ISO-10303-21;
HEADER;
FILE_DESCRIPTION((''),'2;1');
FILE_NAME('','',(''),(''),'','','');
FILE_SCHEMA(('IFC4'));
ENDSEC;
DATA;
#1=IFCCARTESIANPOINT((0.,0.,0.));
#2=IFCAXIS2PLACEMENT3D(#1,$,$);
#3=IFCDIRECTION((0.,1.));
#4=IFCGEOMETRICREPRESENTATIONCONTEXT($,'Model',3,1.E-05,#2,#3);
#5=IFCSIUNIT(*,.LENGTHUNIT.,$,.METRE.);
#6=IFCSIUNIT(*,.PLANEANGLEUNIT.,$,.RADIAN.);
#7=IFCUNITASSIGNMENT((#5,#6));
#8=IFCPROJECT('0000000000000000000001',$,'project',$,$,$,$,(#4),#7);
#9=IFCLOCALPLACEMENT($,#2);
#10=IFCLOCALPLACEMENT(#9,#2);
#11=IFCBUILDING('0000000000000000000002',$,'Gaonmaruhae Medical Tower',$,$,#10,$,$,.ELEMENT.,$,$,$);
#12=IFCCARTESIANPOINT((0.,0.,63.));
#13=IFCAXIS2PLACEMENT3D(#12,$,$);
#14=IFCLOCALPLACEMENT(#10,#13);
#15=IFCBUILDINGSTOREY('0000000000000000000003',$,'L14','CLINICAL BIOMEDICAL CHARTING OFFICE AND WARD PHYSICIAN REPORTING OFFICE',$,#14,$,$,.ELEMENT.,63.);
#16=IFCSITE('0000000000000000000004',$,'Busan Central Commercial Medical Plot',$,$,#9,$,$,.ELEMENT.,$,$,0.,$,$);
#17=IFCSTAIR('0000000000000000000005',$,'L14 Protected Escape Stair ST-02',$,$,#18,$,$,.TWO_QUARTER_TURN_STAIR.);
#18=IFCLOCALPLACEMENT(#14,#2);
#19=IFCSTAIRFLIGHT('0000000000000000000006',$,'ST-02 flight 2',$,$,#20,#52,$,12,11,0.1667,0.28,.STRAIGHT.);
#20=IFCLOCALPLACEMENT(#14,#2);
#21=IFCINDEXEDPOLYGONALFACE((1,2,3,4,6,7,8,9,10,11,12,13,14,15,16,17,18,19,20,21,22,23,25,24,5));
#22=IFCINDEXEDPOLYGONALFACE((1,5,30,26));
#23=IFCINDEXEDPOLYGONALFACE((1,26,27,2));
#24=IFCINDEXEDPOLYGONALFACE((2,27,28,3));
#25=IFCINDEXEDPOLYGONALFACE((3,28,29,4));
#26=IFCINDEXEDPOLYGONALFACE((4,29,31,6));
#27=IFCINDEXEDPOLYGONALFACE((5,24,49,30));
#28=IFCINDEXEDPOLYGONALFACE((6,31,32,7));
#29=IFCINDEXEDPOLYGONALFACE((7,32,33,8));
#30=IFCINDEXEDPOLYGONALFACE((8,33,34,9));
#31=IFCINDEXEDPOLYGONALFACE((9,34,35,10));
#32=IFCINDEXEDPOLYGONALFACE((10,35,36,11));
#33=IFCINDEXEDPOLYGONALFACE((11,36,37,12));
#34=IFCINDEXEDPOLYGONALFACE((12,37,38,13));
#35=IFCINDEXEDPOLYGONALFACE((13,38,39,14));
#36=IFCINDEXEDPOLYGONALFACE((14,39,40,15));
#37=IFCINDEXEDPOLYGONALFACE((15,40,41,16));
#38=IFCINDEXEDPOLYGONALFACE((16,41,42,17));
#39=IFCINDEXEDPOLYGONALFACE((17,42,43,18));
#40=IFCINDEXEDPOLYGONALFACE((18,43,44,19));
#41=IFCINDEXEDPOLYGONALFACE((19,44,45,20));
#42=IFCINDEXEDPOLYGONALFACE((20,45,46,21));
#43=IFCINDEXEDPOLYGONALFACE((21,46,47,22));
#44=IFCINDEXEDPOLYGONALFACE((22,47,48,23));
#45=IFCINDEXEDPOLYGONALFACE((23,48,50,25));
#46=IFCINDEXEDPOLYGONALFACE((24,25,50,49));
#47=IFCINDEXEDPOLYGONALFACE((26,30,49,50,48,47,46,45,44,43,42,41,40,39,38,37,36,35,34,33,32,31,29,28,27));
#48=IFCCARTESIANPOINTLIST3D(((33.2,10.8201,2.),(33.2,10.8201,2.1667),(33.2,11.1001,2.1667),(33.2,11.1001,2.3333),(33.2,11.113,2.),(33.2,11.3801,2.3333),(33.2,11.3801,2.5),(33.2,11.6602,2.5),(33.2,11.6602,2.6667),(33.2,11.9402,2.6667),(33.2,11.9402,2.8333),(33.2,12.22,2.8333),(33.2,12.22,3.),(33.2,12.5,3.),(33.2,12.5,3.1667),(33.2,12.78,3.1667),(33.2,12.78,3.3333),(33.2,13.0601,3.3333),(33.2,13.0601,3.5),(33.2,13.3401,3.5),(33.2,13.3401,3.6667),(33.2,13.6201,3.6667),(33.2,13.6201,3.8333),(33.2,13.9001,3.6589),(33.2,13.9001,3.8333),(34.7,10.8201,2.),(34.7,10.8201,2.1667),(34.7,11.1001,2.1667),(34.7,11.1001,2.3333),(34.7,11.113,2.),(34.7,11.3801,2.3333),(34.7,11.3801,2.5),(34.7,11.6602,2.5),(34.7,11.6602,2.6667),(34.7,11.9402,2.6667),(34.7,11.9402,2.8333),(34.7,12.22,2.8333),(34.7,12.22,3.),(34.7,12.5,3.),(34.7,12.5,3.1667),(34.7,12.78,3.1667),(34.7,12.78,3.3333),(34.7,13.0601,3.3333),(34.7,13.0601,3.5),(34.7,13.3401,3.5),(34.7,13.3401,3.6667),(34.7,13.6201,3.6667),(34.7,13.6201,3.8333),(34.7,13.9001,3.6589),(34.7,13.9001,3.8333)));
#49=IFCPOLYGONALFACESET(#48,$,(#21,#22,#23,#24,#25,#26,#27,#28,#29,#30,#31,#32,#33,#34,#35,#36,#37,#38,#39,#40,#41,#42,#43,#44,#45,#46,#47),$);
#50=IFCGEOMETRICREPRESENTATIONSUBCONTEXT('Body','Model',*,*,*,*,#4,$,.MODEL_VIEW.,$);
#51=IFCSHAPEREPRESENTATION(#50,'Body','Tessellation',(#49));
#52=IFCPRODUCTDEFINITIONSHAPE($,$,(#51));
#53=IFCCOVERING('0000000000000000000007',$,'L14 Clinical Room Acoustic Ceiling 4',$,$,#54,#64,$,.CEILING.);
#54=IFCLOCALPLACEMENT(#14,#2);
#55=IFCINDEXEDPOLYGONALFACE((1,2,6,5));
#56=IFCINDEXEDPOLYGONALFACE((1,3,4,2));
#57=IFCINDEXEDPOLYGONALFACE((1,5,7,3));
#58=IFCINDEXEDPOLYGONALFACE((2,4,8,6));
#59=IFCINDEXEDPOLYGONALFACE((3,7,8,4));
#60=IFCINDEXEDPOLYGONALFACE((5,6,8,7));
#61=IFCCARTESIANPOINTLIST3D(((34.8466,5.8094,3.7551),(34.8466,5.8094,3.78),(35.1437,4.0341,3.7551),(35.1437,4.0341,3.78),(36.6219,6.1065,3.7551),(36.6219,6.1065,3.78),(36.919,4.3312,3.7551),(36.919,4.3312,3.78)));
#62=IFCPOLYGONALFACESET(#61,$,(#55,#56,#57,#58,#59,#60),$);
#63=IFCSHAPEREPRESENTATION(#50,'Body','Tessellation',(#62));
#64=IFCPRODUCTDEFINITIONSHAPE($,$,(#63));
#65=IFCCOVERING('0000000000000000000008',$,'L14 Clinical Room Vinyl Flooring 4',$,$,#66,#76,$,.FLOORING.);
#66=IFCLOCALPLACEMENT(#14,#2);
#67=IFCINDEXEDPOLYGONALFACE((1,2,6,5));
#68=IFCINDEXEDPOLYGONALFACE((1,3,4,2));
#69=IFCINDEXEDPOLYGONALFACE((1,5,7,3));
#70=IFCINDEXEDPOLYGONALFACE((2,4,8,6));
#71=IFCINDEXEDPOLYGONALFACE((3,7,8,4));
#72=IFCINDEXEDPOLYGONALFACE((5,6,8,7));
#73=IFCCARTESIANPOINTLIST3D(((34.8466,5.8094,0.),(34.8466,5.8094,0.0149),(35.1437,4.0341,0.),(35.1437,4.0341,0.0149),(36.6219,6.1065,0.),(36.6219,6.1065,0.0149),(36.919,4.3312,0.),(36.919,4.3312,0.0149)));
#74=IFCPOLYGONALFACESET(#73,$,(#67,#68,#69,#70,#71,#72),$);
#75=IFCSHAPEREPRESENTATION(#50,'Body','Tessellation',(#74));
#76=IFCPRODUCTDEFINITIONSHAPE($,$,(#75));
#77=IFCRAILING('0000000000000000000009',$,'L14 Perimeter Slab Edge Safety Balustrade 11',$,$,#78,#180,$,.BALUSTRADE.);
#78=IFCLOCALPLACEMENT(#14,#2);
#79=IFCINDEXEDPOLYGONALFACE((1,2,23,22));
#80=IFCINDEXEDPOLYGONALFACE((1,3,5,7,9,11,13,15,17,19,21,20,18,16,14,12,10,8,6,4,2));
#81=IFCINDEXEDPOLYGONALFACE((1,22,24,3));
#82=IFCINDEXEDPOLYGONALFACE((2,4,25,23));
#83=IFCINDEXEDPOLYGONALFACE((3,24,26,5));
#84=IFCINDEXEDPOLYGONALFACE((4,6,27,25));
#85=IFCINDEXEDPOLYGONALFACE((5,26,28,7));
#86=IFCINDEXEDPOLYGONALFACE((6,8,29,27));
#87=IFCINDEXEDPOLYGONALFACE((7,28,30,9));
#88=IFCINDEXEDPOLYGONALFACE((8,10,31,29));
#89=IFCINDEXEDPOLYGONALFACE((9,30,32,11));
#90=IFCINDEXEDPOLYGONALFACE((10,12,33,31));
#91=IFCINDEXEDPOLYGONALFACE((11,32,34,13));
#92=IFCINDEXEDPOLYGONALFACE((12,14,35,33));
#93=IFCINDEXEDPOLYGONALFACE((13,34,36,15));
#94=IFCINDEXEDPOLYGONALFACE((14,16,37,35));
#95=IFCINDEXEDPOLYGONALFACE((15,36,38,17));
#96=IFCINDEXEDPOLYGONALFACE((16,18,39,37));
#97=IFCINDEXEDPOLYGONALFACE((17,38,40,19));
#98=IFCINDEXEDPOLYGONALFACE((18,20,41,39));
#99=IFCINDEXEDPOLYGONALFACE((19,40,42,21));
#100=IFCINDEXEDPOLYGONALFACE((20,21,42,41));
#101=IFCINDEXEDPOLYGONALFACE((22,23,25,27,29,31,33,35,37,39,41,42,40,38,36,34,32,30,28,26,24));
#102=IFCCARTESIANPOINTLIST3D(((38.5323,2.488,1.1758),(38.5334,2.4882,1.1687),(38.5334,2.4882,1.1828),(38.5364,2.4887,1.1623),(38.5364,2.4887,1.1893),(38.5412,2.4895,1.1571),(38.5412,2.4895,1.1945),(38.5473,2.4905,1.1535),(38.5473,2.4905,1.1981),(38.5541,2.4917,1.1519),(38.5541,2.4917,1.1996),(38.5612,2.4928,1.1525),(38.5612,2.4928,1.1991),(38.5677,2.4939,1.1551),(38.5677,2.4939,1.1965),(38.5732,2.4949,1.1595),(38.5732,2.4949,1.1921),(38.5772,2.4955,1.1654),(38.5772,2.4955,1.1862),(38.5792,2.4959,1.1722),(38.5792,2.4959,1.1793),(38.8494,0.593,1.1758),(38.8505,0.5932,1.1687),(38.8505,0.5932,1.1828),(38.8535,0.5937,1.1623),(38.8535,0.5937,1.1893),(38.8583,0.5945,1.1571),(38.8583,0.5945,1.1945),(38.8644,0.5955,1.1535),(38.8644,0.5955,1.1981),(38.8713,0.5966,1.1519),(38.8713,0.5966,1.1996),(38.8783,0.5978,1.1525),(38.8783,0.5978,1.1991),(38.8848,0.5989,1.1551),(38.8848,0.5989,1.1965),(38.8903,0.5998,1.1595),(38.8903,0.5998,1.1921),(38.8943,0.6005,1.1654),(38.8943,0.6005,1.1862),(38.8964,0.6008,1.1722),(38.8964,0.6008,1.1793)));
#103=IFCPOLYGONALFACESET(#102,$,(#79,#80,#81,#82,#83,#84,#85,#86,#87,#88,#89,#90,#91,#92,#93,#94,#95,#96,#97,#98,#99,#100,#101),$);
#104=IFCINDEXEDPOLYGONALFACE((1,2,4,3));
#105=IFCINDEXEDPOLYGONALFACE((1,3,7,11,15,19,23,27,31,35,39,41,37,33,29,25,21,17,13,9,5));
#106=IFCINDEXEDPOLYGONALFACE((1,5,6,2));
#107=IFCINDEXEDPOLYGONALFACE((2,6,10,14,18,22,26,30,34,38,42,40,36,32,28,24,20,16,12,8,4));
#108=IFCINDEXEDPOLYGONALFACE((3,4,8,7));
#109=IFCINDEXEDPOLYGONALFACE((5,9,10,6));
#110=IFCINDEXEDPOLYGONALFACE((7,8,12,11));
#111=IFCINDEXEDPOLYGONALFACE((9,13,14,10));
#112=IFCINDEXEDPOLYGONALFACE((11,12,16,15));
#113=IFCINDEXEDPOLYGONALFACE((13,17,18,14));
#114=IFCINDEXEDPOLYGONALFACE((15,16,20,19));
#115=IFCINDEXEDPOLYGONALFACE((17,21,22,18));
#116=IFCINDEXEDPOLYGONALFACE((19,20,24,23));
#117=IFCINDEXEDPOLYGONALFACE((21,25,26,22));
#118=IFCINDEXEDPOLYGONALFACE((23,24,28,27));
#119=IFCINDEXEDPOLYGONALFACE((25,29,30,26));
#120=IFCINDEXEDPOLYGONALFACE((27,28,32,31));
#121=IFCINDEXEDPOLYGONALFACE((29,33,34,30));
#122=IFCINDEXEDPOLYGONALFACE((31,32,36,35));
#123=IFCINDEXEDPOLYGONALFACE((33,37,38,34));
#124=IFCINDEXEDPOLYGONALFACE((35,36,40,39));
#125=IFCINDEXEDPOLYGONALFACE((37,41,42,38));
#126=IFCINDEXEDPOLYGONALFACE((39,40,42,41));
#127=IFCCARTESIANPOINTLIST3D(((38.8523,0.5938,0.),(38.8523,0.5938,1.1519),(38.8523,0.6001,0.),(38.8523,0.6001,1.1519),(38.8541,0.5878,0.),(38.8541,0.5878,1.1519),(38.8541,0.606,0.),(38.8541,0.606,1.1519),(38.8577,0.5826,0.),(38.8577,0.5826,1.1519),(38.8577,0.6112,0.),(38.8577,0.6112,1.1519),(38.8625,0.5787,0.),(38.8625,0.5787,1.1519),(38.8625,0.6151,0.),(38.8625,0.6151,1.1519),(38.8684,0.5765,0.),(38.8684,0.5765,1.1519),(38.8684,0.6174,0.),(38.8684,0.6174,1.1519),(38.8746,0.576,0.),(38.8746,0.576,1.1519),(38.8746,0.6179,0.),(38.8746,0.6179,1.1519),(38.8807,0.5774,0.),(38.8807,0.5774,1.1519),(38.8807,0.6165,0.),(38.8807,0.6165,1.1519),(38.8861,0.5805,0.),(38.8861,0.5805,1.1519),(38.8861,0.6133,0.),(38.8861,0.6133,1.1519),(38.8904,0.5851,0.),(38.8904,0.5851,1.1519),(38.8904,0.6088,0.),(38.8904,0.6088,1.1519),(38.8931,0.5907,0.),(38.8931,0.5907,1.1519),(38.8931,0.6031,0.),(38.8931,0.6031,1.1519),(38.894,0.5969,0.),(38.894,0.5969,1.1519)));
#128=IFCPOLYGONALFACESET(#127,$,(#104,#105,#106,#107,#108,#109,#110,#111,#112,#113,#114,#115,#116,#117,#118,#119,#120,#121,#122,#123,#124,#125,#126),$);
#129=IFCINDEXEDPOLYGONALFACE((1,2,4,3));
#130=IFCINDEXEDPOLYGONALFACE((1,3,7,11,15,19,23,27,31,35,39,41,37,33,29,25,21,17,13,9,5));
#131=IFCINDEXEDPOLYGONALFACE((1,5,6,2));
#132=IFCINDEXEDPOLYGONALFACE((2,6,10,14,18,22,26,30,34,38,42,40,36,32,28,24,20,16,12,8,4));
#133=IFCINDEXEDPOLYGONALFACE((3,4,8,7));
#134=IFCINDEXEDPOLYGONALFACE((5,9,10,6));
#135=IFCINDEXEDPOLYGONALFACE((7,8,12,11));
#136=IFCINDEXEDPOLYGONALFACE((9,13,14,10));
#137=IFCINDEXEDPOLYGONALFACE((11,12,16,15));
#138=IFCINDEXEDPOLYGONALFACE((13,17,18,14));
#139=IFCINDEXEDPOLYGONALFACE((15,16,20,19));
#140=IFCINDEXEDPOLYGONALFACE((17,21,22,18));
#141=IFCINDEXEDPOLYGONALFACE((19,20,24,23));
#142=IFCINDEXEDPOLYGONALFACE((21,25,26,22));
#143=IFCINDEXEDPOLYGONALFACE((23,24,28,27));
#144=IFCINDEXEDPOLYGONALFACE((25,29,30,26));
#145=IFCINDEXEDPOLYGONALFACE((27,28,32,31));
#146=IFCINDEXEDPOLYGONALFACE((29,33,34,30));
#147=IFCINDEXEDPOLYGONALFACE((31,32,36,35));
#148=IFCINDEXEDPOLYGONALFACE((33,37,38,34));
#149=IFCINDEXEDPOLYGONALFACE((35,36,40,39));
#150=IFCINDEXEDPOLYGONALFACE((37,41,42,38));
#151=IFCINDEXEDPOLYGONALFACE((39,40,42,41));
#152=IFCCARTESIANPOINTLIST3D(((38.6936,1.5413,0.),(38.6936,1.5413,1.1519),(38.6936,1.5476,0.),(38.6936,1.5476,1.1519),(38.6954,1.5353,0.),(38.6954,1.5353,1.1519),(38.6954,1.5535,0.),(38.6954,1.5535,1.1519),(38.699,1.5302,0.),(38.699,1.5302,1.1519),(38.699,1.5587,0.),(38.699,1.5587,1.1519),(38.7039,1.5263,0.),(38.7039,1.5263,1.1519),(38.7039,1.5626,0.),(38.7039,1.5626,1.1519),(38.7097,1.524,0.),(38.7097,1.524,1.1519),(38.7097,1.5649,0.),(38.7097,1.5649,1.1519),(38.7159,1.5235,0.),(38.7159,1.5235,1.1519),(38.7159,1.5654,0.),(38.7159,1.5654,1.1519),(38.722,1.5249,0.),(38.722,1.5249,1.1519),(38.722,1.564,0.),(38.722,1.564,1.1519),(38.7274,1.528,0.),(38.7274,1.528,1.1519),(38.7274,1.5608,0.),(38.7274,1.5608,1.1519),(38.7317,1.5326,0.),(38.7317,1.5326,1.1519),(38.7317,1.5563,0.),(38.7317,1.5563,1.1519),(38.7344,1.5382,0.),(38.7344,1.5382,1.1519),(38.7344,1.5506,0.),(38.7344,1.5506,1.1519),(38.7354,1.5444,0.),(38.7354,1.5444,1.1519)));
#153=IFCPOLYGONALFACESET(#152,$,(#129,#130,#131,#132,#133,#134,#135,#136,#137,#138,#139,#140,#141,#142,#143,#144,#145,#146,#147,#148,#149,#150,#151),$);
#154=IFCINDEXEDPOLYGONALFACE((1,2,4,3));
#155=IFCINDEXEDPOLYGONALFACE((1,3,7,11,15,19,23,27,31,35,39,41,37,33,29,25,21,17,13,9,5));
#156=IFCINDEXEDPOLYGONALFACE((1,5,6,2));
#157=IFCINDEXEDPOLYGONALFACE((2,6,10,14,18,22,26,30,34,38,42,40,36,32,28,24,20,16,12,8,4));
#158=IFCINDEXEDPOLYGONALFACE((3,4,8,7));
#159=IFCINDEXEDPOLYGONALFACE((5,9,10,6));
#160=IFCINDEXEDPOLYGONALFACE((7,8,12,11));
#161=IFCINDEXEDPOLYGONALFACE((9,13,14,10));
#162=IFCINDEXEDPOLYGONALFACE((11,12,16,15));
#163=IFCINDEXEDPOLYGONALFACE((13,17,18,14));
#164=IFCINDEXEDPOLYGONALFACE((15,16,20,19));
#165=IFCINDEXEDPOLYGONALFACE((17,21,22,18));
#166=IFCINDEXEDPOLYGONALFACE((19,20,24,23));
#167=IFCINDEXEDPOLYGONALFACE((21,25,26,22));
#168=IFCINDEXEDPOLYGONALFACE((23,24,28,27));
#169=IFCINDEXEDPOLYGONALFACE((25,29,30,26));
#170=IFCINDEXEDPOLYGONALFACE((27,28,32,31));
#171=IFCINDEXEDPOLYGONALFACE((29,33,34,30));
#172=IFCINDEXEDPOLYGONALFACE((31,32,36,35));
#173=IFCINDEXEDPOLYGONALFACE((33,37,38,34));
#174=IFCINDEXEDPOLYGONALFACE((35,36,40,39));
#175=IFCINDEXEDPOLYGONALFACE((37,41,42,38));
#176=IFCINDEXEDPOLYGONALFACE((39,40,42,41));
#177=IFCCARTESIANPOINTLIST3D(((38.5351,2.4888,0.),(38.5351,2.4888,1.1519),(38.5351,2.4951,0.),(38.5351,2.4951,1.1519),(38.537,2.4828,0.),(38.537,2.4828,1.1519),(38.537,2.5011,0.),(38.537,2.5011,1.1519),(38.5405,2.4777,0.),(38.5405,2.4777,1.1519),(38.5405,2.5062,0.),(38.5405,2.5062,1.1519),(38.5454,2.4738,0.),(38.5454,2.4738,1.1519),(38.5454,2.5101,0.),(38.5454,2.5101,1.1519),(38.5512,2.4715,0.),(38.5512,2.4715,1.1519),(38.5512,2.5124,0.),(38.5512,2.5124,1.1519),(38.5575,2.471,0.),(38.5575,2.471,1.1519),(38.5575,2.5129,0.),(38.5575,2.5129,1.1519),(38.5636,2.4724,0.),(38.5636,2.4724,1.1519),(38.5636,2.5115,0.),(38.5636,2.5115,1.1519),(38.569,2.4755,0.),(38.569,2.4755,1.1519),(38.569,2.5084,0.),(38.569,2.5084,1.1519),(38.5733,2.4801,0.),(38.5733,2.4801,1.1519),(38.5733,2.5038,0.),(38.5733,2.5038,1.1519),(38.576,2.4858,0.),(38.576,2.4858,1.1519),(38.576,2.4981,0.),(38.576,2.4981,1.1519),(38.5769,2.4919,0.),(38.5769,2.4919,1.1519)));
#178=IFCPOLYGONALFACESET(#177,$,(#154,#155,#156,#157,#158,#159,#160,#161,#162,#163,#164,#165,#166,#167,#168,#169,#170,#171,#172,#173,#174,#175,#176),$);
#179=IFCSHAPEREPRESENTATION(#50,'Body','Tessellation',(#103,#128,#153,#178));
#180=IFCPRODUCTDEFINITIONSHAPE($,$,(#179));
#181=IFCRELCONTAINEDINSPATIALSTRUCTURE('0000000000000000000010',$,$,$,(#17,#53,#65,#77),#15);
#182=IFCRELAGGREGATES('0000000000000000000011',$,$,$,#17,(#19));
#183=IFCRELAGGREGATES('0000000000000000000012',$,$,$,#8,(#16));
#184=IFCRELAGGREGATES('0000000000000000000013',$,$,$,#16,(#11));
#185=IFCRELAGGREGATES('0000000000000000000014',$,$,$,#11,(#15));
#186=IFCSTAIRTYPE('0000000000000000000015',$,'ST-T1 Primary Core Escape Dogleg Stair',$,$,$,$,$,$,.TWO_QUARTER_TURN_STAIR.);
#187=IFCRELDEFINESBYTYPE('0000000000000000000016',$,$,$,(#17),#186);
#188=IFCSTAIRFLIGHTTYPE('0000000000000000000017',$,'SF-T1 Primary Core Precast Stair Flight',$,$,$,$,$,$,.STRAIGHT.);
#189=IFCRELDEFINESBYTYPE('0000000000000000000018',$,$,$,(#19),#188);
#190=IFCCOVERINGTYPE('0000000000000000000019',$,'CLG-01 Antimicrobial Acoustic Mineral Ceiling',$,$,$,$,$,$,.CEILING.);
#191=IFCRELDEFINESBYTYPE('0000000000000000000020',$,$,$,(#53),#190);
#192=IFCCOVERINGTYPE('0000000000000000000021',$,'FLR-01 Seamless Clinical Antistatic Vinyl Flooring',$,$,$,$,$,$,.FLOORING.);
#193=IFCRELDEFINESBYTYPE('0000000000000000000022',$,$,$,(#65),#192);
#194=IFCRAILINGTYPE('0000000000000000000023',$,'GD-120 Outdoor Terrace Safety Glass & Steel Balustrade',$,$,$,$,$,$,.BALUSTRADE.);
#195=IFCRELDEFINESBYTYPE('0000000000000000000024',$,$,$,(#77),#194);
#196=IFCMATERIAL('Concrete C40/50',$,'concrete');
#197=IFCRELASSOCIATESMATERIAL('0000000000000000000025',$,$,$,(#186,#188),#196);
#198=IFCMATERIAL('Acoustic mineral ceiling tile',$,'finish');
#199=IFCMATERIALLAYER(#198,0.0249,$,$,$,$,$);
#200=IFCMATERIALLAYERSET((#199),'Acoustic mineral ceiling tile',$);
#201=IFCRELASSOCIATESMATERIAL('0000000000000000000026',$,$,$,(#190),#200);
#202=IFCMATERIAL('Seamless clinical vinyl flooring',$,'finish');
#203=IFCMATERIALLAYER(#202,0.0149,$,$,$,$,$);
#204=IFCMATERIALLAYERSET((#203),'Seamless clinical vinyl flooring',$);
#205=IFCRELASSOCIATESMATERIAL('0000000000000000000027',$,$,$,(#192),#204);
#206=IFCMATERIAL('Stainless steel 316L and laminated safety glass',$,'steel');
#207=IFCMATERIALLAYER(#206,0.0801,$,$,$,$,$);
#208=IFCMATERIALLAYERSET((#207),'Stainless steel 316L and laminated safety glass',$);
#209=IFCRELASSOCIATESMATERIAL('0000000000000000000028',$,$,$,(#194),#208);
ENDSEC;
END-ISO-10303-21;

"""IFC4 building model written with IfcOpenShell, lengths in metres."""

from ifc_helpers import new_model, si_unit, direction, frame, origin, origin_2d, place, context, subcontext, project, spatial, polyline, rectangle, circle, outline, extrude, material, layer, layer_set, type_object, element, aggregate, save


model = new_model("IFC4")

# Units and contexts
model_context = context("Model", 3, precision=1e-05, world=origin(), true_north=direction((0.0, 1.0)))
body_context = subcontext(model_context, "Body", "Model", "MODEL_VIEW")
ifc_project = project(units=[si_unit("LENGTHUNIT", "METRE"), si_unit("PLANEANGLEUNIT", "RADIAN")], contexts=[model_context])

# Site, building, storey
site_placement = place(None, origin())
site = spatial("IfcSite", under=ifc_project, at=site_placement, Name="Busan Central Commercial Medical Plot", CompositionType="ELEMENT", RefElevation=0.0)
building_placement = place(site_placement, origin())
building = spatial("IfcBuilding", under=site, at=building_placement, Name="Gaonmaruhae Medical Tower", CompositionType="ELEMENT")
storey_placement = place(building_placement, frame((0.0, 0.0, 63.0)))
storey = spatial("IfcBuildingStorey", under=building, at=storey_placement, Name="L14", Description="CLINICAL BIOMEDICAL CHARTING OFFICE AND WARD PHYSICIAN REPORTING OFFICE", CompositionType="ELEMENT", Elevation=63.0)

# Stair, stair flight
ifc_material_1 = material(Name="Concrete C40/50", Category="concrete")
stair_type = type_object("IfcStairType", Name="ST-T1 Primary Core Escape Dogleg Stair", PredefinedType="TWO_QUARTER_TURN_STAIR", material=ifc_material_1)
stair_placement = place(storey_placement, origin())
stair = element("IfcStair", 1, at=stair_placement, inside=storey, type_object=stair_type, Name="L14 Protected Escape Stair ST-02", PredefinedType="TWO_QUARTER_TURN_STAIR")
stair_flight_type = type_object("IfcStairFlightType", Name="SF-T1 Primary Core Precast Stair Flight", PredefinedType="STRAIGHT", material=ifc_material_1)
stair_flight_1_placement = place(storey_placement, frame((33.95, 10.8201, 2.0), z_axis=(0.0, 0.0, 1.0), x_axis=(0.0, 1.0, 0.0)))
stair_flight_1 = element("IfcStairFlight", 2, at=stair_flight_1_placement, type_object=stair_flight_type, Name="ST-02 flight 2", NumberOfRisers=12, NumberOfTreads=11, PredefinedType="STRAIGHT", RiserHeight=0.1667, TreadLength=0.28, context=body_context, shape_type="SweptSolid", body=[
    extrude(outline(polyline([(0.0, 0.0), (0.0, 0.1667), (0.28, 0.1667), (0.28, 0.3333), (0.5601, 0.3333), (0.5601, 0.5), (0.8401, 0.5), (0.8401, 0.6667), (1.1201, 0.6667), (1.1201, 0.8333), (1.3999, 0.8333), (1.3999, 1.0), (1.6799, 1.0), (1.6799, 1.1667), (1.96, 1.1667), (1.96, 1.3333), (2.24, 1.3333), (2.24, 1.5), (2.52, 1.5), (2.52, 1.6667), (2.8, 1.6667), (2.8, 1.8333), (3.0801, 1.8333), (3.0801, 2.0), (3.0801, 1.6589), (0.293, 0.0), (0.0, 0.0)])), frame((0.0, 0.75, 0.0), z_axis=(0.0, -1.0, 0.0), x_axis=(1.0, 0.0, 0.0)), (0.0, 0.0, 1.0), 1.5),
])
aggregate(stair, [stair_flight_1])

# Coverings
ifc_material_2 = material(Name="Acoustic mineral ceiling tile", Category="finish")
ifc_layer_1 = layer(ifc_material_2, 0.0249)
ifc_layer_set_1 = layer_set([ifc_layer_1], Name="Acoustic mineral ceiling tile")
covering_type_1 = type_object("IfcCoveringType", Name="CLG-01 Antimicrobial Acoustic Mineral Ceiling", PredefinedType="CEILING", material=ifc_layer_set_1)
covering_1_placement = place(storey_placement, frame((35.8828, 5.0703, 3.7551), z_axis=(0.0, 0.0, 1.0), x_axis=(0.986286, 0.165048, 0.0)))
element("IfcCovering", 3, at=covering_1_placement, inside=storey, type_object=covering_type_1, Name="L14 Clinical Room Acoustic Ceiling 4", PredefinedType="CEILING", context=body_context, shape_type="SweptSolid", body=[
    extrude(rectangle(XDim=1.8, YDim=1.8, at=origin_2d()), origin(), (0.0, 0.0, 1.0), 0.0249),
])
ifc_material_3 = material(Name="Seamless clinical vinyl flooring", Category="finish")
ifc_layer_2 = layer(ifc_material_3, 0.0149)
ifc_layer_set_2 = layer_set([ifc_layer_2], Name="Seamless clinical vinyl flooring")
covering_type_2 = type_object("IfcCoveringType", Name="FLR-01 Seamless Clinical Antistatic Vinyl Flooring", PredefinedType="FLOORING", material=ifc_layer_set_2)
covering_2_placement = place(storey_placement, frame((35.8828, 5.0703, 0.0), z_axis=(0.0, 0.0, 1.0), x_axis=(0.986286, 0.165048, 0.0)))
element("IfcCovering", 4, at=covering_2_placement, inside=storey, type_object=covering_type_2, Name="L14 Clinical Room Vinyl Flooring 4", PredefinedType="FLOORING", context=body_context, shape_type="SweptSolid", body=[
    extrude(rectangle(XDim=1.8, YDim=1.8, at=origin_2d()), origin(), (0.0, 0.0, 1.0), 0.0149),
])

# Railing
ifc_material_4 = material(Name="Stainless steel 316L and laminated safety glass", Category="steel")
ifc_layer_3 = layer(ifc_material_4, 0.0801)
ifc_layer_set_3 = layer_set([ifc_layer_3], Name="Stainless steel 316L and laminated safety glass")
railing_type_1 = type_object("IfcRailingType", Name="GD-120 Outdoor Terrace Safety Glass & Steel Balustrade", PredefinedType="BALUSTRADE", material=ifc_layer_set_3)
railing_1_placement = place(storey_placement, frame((38.873, 0.5969, 0.0)))
element("IfcRailing", 5, at=railing_1_placement, inside=storey, type_object=railing_type_1, Name="L14 Perimeter Slab Edge Safety Balustrade 11", PredefinedType="BALUSTRADE", context=body_context, shape_type="SweptSolid", body=[
    extrude(circle(Radius=0.0239, at=origin_2d()), frame((0.0, 0.0, 1.1758), z_axis=(-0.165058, 0.986284, 0.0), x_axis=(-0.986284, -0.165058, 0.0)), (0.0, 0.0, 1.0), 1.9214),
    extrude(circle(Radius=0.021, at=origin_2d()), origin(), (0.0, 0.0, 1.0), 1.1519),
    extrude(circle(Radius=0.021, at=origin_2d()), frame((-0.1587, 0.9475, 0.0)), (0.0, 0.0, 1.0), 1.1519),
    extrude(circle(Radius=0.021, at=origin_2d()), frame((-0.3171, 1.895, 0.0)), (0.0, 0.0, 1.0), 1.1519),
])

save(model, "model.ifc")
